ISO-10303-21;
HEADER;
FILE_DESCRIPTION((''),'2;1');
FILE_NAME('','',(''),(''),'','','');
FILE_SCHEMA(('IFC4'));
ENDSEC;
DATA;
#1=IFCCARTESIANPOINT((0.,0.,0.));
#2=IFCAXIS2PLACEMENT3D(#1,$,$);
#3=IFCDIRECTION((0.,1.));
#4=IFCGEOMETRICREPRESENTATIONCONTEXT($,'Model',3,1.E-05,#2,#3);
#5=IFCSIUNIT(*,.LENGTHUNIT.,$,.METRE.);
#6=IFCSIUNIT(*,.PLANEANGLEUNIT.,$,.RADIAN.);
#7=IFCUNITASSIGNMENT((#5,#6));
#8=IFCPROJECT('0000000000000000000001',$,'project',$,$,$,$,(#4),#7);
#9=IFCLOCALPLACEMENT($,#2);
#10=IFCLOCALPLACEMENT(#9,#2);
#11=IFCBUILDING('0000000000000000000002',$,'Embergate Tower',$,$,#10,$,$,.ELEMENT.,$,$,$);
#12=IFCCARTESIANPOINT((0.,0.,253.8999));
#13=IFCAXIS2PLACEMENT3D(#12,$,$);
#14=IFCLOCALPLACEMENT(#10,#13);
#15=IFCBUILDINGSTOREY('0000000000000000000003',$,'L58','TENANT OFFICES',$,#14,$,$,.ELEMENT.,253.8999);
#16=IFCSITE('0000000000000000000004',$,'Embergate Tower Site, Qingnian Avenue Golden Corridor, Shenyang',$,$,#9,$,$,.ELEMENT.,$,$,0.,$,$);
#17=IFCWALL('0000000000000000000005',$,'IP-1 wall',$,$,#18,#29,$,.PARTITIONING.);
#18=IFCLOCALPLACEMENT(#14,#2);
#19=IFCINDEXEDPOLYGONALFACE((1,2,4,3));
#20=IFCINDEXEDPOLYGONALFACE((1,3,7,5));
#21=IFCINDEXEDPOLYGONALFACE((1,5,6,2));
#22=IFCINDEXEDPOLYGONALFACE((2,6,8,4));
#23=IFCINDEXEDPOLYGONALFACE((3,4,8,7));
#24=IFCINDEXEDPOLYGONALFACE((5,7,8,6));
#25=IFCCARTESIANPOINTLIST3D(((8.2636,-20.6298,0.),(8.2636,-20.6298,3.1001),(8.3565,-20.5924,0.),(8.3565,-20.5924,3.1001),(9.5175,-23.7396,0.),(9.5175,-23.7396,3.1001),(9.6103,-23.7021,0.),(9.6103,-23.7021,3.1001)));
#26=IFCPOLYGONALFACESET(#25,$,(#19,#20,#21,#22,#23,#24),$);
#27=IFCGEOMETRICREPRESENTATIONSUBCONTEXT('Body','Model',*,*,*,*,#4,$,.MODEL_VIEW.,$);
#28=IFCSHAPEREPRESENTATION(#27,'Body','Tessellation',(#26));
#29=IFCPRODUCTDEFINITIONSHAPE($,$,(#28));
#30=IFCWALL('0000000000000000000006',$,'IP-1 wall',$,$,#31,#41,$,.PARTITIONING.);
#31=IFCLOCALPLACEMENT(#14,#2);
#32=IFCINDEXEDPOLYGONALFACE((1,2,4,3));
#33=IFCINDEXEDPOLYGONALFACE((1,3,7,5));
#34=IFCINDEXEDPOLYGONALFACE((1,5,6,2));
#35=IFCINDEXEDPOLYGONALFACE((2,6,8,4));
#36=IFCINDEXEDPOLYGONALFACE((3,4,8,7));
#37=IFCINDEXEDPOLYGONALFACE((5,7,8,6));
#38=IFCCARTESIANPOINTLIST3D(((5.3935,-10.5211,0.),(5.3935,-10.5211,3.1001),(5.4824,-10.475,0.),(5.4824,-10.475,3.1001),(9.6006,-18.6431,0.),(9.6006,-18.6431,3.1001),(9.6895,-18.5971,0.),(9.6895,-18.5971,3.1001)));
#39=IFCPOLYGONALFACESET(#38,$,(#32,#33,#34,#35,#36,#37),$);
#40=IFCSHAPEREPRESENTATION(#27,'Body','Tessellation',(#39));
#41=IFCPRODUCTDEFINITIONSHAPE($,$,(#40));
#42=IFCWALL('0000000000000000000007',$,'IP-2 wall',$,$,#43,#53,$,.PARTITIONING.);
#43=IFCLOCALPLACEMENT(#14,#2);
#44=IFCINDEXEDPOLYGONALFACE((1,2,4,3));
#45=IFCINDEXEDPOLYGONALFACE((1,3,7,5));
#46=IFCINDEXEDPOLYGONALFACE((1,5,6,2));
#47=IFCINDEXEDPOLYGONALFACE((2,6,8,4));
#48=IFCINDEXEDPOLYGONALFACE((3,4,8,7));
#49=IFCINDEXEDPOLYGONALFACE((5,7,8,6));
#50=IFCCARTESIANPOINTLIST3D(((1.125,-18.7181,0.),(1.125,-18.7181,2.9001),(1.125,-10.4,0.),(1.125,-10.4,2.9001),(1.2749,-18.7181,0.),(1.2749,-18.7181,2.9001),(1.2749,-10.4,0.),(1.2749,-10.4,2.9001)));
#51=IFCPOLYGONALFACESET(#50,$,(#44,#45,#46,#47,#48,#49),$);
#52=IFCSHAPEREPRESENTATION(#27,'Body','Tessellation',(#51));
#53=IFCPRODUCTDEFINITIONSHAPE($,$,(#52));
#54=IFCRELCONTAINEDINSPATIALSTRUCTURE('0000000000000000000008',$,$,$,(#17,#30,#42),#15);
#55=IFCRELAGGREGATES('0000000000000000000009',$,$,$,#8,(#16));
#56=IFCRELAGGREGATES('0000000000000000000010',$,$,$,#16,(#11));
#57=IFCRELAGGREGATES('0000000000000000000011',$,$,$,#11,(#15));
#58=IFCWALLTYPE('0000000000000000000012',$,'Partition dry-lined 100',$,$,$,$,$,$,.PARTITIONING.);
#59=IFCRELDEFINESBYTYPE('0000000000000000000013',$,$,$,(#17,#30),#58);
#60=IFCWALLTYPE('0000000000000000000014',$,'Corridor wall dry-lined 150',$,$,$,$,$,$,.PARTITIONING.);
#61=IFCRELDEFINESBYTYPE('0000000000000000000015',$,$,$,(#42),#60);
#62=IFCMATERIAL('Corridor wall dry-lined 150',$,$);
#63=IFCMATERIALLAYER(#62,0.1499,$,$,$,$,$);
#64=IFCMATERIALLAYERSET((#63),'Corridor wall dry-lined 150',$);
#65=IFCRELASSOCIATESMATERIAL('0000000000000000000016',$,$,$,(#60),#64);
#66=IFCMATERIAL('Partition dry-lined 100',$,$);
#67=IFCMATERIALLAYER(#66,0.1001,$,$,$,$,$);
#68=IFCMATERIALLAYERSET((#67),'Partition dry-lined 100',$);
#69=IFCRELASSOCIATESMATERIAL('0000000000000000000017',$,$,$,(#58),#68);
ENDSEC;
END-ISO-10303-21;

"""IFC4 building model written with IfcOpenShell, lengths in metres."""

from ifc_helpers import new_model, si_unit, direction, frame, frame_2d, origin, place, context, subcontext, project, spatial, rectangle, extrude, source, transform, mapped, material, layer, layer_set, type_object, element, save


model = new_model("IFC4")

# Units and contexts
model_context = context("Model", 3, precision=1e-05, world=origin(), true_north=direction((0.0, 1.0)))
body_context = subcontext(model_context, "Body", "Model", "MODEL_VIEW")
ifc_project = project(units=[si_unit("LENGTHUNIT", "METRE"), si_unit("PLANEANGLEUNIT", "RADIAN")], contexts=[model_context])

# Site, building, storey
site_placement = place(None, origin())
site = spatial("IfcSite", under=ifc_project, at=site_placement, Name="Embergate Tower Site, Qingnian Avenue Golden Corridor, Shenyang", CompositionType="ELEMENT", RefElevation=0.0)
building_placement = place(site_placement, origin())
building = spatial("IfcBuilding", under=site, at=building_placement, Name="Embergate Tower", CompositionType="ELEMENT")
storey_placement = place(building_placement, frame((0.0, 0.0, 253.8999)))
storey = spatial("IfcBuildingStorey", under=building, at=storey_placement, Name="L58", Description="TENANT OFFICES", CompositionType="ELEMENT", Elevation=253.8999)

# Shared definitions
ifc_material_1 = material(Name="Corridor wall dry-lined 150")
ifc_layer_1 = layer(ifc_material_1, 0.1499)
ifc_layer_set_1 = layer_set([ifc_layer_1], Name="Corridor wall dry-lined 150")
wall_type_1 = type_object("IfcWallType", Name="Corridor wall dry-lined 150", PredefinedType="PARTITIONING", material=ifc_layer_set_1)

# Walls
ifc_material_2 = material(Name="Partition dry-lined 100")
ifc_layer_2 = layer(ifc_material_2, 0.1001)
ifc_layer_set_2 = layer_set([ifc_layer_2], Name="Partition dry-lined 100")
wall_type_2 = type_object("IfcWallType", Name="Partition dry-lined 100", PredefinedType="PARTITIONING", material=ifc_layer_set_2)
shared_shape_1 = source(origin(), body_context, "Body", "SweptSolid", [
    extrude(rectangle(XDim=3.353, YDim=0.1001, at=frame_2d((1.6765, 0.0))), origin(), (0.0, 0.0, 1.0), 3.1001),
])
wall_1_placement = place(storey_placement, frame((8.3101, -20.6111, 0.0), z_axis=(0.0, 0.0, 1.0), x_axis=(0.37395, -0.927449, 0.0)))
element("IfcWall", 1, at=wall_1_placement, inside=storey, type_object=wall_type_2, Name="IP-1 wall", PredefinedType="PARTITIONING", context=body_context, shape_type="MappedRepresentation", body=[
    mapped(shared_shape_1, transform((0.0, 0.0, 0.0))),
])
shared_shape_2 = source(origin(), body_context, "Body", "SweptSolid", [
    extrude(rectangle(XDim=9.147, YDim=0.1001, at=frame_2d((4.5735, 0.0))), origin(), (0.0, 0.0, 1.0), 3.1001),
])
wall_2_placement = place(storey_placement, frame((5.438, -10.498, 0.0), z_axis=(0.0, 0.0, 1.0), x_axis=(0.459937, -0.887952, 0.0)))
element("IfcWall", 2, at=wall_2_placement, inside=storey, type_object=wall_type_2, Name="IP-1 wall", PredefinedType="PARTITIONING", context=body_context, shape_type="MappedRepresentation", body=[
    mapped(shared_shape_2, transform((0.0, 0.0, 0.0))),
])
shared_shape_3 = source(origin(), body_context, "Body", "SweptSolid", [
    extrude(rectangle(XDim=8.3181, YDim=0.1499, at=frame_2d((4.1592, 0.0))), origin(), (0.0, 0.0, 1.0), 2.9001),
])
wall_3_placement = place(storey_placement, frame((1.2, -10.3999, 0.0), z_axis=(0.0, 0.0, 1.0), x_axis=(0.0, -1.0, 0.0)))
element("IfcWall", 3, at=wall_3_placement, inside=storey, type_object=wall_type_1, Name="IP-2 wall", PredefinedType="PARTITIONING", context=body_context, shape_type="MappedRepresentation", body=[
    mapped(shared_shape_3, transform((0.0, 0.0, 0.0))),
])

save(model, "model.ifc")
